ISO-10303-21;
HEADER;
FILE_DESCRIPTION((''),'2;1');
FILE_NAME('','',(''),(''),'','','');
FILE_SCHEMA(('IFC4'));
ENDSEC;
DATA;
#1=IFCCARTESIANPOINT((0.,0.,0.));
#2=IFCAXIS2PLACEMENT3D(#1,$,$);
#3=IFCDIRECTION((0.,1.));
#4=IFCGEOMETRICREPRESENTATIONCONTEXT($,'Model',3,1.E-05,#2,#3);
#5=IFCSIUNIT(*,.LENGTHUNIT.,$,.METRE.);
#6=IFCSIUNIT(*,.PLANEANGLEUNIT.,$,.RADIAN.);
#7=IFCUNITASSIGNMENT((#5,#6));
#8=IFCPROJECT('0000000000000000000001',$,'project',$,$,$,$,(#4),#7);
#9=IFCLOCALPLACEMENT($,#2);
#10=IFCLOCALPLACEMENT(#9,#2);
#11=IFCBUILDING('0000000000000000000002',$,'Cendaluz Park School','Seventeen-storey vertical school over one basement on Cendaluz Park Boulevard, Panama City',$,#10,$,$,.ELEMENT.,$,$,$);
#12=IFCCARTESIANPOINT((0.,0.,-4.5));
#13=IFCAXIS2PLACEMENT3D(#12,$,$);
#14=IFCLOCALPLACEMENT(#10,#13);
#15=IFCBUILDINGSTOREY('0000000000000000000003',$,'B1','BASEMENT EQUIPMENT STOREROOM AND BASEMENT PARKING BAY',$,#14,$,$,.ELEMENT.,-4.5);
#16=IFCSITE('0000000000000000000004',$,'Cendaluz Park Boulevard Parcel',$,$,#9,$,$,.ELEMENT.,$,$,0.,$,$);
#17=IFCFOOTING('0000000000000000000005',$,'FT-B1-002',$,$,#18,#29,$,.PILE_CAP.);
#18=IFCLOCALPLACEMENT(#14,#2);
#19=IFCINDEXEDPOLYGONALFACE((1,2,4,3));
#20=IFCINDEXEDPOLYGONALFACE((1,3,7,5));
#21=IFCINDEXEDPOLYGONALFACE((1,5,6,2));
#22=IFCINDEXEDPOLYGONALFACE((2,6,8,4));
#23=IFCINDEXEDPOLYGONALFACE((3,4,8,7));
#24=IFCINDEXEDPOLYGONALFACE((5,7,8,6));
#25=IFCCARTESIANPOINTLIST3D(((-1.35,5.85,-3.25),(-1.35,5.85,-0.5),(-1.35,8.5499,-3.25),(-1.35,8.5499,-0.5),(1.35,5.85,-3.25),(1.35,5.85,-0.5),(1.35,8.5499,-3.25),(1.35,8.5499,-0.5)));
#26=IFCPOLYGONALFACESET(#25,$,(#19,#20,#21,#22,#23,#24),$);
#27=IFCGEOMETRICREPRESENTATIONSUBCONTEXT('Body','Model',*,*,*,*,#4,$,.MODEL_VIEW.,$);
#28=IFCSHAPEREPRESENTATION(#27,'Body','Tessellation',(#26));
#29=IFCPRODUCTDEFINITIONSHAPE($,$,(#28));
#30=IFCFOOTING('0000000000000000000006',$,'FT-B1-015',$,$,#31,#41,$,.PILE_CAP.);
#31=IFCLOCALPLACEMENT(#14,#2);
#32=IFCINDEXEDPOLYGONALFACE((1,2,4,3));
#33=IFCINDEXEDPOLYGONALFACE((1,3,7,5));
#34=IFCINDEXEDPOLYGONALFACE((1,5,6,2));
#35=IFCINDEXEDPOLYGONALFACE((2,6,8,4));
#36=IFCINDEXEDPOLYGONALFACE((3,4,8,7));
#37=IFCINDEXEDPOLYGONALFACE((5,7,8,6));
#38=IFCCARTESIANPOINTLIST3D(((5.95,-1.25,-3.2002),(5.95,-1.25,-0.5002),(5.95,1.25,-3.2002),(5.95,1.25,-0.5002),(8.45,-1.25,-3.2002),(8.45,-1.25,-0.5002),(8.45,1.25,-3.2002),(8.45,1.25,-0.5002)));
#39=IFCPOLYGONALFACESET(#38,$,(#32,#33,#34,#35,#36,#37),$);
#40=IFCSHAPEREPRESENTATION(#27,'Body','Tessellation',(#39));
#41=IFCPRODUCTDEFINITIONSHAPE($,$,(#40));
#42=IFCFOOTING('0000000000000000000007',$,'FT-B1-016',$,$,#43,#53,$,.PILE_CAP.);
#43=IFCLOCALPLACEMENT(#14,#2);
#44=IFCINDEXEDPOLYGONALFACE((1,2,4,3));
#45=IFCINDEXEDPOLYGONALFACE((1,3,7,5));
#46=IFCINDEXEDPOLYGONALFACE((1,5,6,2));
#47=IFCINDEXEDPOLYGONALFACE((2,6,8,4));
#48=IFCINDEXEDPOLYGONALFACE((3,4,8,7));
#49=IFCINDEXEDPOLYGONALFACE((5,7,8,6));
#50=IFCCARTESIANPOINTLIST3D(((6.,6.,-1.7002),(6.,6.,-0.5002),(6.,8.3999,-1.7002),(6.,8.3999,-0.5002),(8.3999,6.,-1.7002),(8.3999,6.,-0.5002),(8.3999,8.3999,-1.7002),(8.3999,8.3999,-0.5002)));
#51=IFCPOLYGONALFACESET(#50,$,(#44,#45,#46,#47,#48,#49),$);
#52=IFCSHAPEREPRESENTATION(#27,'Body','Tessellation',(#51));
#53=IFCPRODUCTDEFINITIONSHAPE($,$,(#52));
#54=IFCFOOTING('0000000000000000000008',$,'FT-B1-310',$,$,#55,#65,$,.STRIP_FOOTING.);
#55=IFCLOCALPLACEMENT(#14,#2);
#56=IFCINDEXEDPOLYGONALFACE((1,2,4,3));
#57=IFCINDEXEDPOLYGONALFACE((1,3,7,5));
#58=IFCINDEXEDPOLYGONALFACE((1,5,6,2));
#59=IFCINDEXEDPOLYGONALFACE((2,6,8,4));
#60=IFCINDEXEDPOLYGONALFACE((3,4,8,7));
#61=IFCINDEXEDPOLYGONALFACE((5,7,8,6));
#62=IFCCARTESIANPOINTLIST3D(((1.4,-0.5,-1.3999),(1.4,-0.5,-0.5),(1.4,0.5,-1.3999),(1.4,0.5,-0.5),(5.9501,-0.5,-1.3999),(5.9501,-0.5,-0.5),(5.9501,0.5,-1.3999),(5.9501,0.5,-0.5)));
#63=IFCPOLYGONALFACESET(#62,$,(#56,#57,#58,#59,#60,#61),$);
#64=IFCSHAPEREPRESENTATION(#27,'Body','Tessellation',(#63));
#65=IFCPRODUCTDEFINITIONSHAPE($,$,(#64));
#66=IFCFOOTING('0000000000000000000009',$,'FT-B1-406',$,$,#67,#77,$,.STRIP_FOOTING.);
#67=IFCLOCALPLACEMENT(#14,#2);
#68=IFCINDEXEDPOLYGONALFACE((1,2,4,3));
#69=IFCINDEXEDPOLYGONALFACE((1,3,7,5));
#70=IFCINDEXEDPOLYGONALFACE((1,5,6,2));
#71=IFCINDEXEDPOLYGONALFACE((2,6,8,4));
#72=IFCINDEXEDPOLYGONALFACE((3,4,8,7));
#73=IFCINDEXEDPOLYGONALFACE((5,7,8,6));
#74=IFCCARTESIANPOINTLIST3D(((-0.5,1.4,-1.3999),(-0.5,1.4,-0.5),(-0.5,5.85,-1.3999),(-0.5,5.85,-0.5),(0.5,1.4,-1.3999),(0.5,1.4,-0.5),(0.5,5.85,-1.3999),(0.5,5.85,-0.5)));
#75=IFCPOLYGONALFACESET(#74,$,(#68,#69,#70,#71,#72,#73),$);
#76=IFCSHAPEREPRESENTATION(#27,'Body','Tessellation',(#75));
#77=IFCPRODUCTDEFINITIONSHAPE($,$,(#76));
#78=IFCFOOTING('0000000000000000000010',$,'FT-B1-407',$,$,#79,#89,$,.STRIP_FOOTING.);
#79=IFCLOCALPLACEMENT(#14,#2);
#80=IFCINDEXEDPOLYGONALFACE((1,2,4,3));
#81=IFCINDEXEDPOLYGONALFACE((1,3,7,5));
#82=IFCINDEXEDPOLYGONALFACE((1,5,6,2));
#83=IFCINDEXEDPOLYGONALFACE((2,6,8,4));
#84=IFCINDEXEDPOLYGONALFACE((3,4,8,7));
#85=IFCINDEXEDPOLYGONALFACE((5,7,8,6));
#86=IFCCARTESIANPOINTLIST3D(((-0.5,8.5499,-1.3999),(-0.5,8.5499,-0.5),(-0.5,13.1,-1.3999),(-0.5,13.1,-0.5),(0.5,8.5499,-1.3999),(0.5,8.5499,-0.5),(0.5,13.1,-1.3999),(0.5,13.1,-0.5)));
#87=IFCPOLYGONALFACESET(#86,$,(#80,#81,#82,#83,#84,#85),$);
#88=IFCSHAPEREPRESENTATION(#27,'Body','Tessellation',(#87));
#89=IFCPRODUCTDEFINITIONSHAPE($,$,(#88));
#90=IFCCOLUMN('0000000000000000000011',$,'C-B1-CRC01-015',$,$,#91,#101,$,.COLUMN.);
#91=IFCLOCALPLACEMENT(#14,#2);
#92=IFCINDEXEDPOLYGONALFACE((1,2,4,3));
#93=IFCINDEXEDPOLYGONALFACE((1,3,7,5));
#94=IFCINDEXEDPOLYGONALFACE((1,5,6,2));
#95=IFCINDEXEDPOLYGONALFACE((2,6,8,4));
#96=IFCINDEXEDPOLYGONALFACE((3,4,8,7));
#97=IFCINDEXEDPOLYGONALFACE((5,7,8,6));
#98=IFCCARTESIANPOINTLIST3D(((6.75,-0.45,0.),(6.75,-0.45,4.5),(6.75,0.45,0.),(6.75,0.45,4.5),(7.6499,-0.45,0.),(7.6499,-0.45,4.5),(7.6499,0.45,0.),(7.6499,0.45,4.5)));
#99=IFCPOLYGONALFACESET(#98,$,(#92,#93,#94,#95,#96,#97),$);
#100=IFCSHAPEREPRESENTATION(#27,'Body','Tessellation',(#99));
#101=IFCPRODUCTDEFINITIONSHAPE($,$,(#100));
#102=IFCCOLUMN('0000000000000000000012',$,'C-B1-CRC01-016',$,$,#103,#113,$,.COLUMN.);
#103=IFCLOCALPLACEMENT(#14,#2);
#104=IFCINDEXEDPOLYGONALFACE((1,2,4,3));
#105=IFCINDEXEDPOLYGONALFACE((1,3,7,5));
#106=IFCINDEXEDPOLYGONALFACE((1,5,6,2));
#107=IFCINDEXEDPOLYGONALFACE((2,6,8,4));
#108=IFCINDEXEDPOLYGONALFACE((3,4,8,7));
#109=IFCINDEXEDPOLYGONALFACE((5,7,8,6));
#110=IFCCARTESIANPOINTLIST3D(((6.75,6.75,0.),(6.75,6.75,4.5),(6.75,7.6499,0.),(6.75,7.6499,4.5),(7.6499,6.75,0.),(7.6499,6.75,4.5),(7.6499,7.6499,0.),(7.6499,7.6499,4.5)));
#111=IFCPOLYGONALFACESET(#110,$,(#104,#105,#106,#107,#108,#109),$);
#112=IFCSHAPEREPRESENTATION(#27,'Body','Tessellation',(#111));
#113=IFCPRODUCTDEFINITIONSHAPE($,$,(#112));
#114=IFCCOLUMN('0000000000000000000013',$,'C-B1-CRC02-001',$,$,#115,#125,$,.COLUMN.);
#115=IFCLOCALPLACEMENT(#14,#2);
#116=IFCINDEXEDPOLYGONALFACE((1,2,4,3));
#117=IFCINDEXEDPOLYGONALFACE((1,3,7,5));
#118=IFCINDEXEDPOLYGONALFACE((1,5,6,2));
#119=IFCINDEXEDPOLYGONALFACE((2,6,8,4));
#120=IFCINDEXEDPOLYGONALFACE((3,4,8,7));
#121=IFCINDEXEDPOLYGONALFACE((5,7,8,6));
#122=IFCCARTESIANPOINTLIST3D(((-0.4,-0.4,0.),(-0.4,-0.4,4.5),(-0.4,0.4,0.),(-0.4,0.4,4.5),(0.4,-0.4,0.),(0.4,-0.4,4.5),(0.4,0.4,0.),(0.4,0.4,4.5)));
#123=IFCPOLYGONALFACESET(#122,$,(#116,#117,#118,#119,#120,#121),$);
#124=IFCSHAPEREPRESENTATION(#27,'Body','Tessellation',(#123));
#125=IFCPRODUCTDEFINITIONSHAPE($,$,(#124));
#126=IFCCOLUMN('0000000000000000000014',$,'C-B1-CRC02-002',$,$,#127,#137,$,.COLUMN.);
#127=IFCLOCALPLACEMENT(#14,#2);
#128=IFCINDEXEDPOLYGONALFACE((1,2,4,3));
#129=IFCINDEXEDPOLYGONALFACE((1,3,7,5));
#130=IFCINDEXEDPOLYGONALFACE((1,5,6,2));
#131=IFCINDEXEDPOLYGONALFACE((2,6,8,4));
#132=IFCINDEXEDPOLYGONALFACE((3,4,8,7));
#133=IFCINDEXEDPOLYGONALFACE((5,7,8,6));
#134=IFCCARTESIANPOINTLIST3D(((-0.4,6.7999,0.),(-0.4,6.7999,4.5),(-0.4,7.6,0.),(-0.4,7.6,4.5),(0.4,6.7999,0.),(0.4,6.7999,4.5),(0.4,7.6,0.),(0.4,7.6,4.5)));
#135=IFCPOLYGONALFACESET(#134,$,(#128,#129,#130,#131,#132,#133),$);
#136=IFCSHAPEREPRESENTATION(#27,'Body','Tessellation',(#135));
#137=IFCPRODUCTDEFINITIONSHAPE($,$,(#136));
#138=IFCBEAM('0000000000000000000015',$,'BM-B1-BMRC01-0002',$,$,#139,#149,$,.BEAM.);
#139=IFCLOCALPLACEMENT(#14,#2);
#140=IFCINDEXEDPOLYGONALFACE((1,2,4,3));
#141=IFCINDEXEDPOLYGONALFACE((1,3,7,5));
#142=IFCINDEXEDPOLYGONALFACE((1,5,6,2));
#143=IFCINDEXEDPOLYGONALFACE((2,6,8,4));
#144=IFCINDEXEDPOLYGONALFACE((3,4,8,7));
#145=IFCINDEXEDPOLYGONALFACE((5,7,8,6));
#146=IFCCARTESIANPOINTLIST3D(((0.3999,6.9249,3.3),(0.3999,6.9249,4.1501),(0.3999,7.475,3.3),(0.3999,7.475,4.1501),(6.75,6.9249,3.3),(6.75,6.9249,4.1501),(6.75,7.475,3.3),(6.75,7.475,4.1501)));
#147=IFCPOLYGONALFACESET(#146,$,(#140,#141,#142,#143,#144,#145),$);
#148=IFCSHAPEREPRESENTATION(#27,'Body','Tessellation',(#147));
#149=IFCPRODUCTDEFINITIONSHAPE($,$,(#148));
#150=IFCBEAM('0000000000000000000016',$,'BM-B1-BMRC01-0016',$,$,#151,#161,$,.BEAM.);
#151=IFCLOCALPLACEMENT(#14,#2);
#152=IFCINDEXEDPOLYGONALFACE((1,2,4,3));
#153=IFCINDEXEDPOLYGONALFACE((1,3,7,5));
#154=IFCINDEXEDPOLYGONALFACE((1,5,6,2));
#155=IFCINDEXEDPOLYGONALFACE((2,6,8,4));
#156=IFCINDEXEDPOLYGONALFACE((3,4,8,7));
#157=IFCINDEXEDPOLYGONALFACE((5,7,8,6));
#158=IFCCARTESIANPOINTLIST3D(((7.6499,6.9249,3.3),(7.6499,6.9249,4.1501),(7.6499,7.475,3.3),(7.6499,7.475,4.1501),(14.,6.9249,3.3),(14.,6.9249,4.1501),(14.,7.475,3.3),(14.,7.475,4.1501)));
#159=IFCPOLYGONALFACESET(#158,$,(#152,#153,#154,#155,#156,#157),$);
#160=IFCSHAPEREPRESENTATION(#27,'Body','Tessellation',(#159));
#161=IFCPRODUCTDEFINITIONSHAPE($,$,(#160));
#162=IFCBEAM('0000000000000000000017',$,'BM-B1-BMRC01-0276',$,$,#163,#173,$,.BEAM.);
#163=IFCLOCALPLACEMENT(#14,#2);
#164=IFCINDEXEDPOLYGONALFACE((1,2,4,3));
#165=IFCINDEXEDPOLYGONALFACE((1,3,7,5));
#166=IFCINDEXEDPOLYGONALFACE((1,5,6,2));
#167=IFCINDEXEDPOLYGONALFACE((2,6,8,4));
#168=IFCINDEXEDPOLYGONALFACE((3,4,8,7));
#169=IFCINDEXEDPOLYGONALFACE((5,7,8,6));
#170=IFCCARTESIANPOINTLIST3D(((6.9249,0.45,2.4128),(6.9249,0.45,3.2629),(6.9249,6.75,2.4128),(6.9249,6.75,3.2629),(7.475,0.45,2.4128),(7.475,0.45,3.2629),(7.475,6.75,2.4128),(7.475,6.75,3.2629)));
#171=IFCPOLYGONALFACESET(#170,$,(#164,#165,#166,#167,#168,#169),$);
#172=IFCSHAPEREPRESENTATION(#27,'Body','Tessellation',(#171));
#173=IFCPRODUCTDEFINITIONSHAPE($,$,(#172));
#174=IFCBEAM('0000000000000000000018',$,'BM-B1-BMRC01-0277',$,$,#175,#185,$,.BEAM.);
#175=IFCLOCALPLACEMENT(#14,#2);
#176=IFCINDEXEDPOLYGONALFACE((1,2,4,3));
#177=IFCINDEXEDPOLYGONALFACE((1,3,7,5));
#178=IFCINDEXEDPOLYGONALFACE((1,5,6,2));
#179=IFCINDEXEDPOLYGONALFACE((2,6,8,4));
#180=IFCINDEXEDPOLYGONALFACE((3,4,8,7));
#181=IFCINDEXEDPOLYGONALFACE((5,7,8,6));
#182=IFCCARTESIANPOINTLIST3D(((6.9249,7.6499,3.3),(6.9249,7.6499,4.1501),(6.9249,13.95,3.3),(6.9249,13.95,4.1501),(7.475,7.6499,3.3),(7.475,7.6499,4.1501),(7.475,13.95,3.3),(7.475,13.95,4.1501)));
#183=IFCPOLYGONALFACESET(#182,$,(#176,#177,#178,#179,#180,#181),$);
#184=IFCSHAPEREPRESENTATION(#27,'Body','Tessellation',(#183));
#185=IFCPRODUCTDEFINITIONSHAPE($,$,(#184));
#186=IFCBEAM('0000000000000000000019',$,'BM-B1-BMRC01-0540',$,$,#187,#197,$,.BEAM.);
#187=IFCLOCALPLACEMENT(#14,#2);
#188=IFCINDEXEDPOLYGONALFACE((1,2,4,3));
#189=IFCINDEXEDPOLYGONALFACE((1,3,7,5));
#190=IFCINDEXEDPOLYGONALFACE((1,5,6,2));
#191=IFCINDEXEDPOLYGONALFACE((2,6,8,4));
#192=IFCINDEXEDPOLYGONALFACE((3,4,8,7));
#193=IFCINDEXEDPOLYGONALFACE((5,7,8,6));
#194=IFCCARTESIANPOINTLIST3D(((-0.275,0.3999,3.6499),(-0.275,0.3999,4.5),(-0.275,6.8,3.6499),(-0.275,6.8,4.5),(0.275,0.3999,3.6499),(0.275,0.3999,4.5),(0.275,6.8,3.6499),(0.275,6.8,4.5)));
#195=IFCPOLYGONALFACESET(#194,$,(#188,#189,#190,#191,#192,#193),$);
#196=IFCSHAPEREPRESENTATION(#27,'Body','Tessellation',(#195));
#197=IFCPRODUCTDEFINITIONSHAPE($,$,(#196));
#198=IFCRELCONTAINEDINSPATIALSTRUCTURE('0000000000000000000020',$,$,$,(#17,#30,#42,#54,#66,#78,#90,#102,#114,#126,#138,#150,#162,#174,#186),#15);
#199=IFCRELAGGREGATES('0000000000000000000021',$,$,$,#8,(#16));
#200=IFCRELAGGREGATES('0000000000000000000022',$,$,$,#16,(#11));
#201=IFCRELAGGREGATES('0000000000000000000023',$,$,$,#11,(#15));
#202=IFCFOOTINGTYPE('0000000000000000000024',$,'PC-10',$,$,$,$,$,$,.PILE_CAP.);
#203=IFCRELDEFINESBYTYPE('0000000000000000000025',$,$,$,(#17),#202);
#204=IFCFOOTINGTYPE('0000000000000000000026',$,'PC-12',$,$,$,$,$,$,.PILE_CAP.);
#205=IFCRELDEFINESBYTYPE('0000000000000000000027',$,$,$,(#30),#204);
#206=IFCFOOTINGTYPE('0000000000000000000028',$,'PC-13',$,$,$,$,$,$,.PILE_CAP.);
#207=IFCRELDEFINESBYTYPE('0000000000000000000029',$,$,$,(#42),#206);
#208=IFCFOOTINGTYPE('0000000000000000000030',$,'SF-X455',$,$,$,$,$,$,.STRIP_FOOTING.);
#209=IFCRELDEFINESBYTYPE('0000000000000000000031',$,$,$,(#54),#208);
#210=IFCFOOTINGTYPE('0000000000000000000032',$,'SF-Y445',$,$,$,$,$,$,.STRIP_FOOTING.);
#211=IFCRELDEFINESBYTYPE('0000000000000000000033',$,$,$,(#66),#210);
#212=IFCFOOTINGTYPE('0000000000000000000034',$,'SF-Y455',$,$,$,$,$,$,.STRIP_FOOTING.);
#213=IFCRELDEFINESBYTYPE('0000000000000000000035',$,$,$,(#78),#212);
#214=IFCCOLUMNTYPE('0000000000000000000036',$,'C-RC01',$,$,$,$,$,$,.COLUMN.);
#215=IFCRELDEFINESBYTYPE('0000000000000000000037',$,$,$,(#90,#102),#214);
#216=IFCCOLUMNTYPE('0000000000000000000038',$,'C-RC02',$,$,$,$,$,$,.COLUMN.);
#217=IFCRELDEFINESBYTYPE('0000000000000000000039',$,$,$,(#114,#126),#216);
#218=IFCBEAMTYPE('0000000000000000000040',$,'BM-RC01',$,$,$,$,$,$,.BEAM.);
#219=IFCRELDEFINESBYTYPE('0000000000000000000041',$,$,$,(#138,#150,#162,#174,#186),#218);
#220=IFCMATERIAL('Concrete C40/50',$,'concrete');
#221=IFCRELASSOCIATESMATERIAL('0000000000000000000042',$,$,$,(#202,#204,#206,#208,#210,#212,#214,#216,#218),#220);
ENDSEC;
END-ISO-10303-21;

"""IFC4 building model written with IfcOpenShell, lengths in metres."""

from ifc_helpers import new_model, si_unit, direction, frame, origin, origin_2d, place, context, subcontext, project, spatial, rectangle, extrude, material, material_profile, profile_set, type_object, element, save


model = new_model("IFC4")

# Units and contexts
model_context = context("Model", 3, precision=1e-05, world=origin(), true_north=direction((0.0, 1.0)))
body_context = subcontext(model_context, "Body", "Model", "MODEL_VIEW")
ifc_project = project(units=[si_unit("LENGTHUNIT", "METRE"), si_unit("PLANEANGLEUNIT", "RADIAN")], contexts=[model_context])

# Site, building, storey
site_placement = place(None, origin())
site = spatial("IfcSite", under=ifc_project, at=site_placement, Name="Cendaluz Park Boulevard Parcel", CompositionType="ELEMENT", RefElevation=0.0)
building_placement = place(site_placement, origin())
building = spatial("IfcBuilding", under=site, at=building_placement, Name="Cendaluz Park School", Description="Seventeen-storey vertical school over one basement on Cendaluz Park Boulevard, Panama City", CompositionType="ELEMENT")
storey_placement = place(building_placement, frame((0.0, 0.0, -4.5)))
storey = spatial("IfcBuildingStorey", under=building, at=storey_placement, Name="B1", Description="BASEMENT EQUIPMENT STOREROOM AND BASEMENT PARKING BAY", CompositionType="ELEMENT", Elevation=-4.5)

# Shared definitions
ifc_material = material(Name="Concrete C40/50", Category="concrete")

# Footings
footing_type_1 = type_object("IfcFootingType", Name="PC-10", PredefinedType="PILE_CAP", material=ifc_material)
footing_1_placement = place(storey_placement, frame((0.0, 7.2, -3.25), z_axis=(0.0, 0.0, 1.0), x_axis=(1.0, 0.0, 0.0)))
element("IfcFooting", 1, at=footing_1_placement, inside=storey, type_object=footing_type_1, Name="FT-B1-002", PredefinedType="PILE_CAP", context=body_context, shape_type="SweptSolid", body=[
    extrude(rectangle(XDim=2.7, YDim=2.7, at=origin_2d()), origin(), (0.0, 0.0, 1.0), 2.75),
])
footing_type_2 = type_object("IfcFootingType", Name="PC-12", PredefinedType="PILE_CAP", material=ifc_material)
footing_2_placement = place(storey_placement, frame((7.2, 0.0, -3.2002), z_axis=(0.0, 0.0, 1.0), x_axis=(1.0, 0.0, 0.0)))
element("IfcFooting", 2, at=footing_2_placement, inside=storey, type_object=footing_type_2, Name="FT-B1-015", PredefinedType="PILE_CAP", context=body_context, shape_type="SweptSolid", body=[
    extrude(rectangle(XDim=2.5, YDim=2.5, at=origin_2d()), origin(), (0.0, 0.0, 1.0), 2.7),
])
footing_type_3 = type_object("IfcFootingType", Name="PC-13", PredefinedType="PILE_CAP", material=ifc_material)
footing_3_placement = place(storey_placement, frame((7.2, 7.2, -1.7002), z_axis=(0.0, 0.0, 1.0), x_axis=(1.0, 0.0, 0.0)))
element("IfcFooting", 3, at=footing_3_placement, inside=storey, type_object=footing_type_3, Name="FT-B1-016", PredefinedType="PILE_CAP", context=body_context, shape_type="SweptSolid", body=[
    extrude(rectangle(XDim=2.3999, YDim=2.3999, at=origin_2d()), origin(), (0.0, 0.0, 1.0), 1.2),
])
footing_type_4 = type_object("IfcFootingType", Name="SF-X455", PredefinedType="STRIP_FOOTING", material=ifc_material)
footing_4_placement = place(storey_placement, frame((3.675, 0.0, -1.3999), z_axis=(0.0, 0.0, 1.0), x_axis=(1.0, 0.0, 0.0)))
element("IfcFooting", 4, at=footing_4_placement, inside=storey, type_object=footing_type_4, Name="FT-B1-310", PredefinedType="STRIP_FOOTING", context=body_context, shape_type="SweptSolid", body=[
    extrude(rectangle(XDim=4.55, YDim=1.0, at=origin_2d()), origin(), (0.0, 0.0, 1.0), 0.8999),
])
footing_type_5 = type_object("IfcFootingType", Name="SF-Y445", PredefinedType="STRIP_FOOTING", material=ifc_material)
footing_5_placement = place(storey_placement, frame((0.0, 3.625, -1.3999), z_axis=(0.0, 0.0, 1.0), x_axis=(1.0, 0.0, 0.0)))
element("IfcFooting", 5, at=footing_5_placement, inside=storey, type_object=footing_type_5, Name="FT-B1-406", PredefinedType="STRIP_FOOTING", context=body_context, shape_type="SweptSolid", body=[
    extrude(rectangle(XDim=1.0, YDim=4.45, at=origin_2d()), origin(), (0.0, 0.0, 1.0), 0.8999),
])
footing_type_6 = type_object("IfcFootingType", Name="SF-Y455", PredefinedType="STRIP_FOOTING", material=ifc_material)
footing_6_placement = place(storey_placement, frame((0.0, 10.825, -1.3999), z_axis=(0.0, 0.0, 1.0), x_axis=(1.0, 0.0, 0.0)))
element("IfcFooting", 6, at=footing_6_placement, inside=storey, type_object=footing_type_6, Name="FT-B1-407", PredefinedType="STRIP_FOOTING", context=body_context, shape_type="SweptSolid", body=[
    extrude(rectangle(XDim=1.0, YDim=4.55, at=origin_2d()), origin(), (0.0, 0.0, 1.0), 0.8999),
])

# Columns
ifc_material_profile_1 = material_profile(ifc_material, rectangle(XDim=0.8999, YDim=0.8999, at=origin_2d()), Name="RC 900x900", Category="concrete")
ifc_profile_set_1 = profile_set([ifc_material_profile_1], Name="Concrete C40/50")
column_type_1 = type_object("IfcColumnType", Name="C-RC01", PredefinedType="COLUMN", material=ifc_profile_set_1)
for number, where, z_axis, x_axis, name in (
    (7, (7.2, 0.0, 0.0), (0.0, 0.0, 1.0), (1.0, 0.0, 0.0), "C-B1-CRC01-015"),
    (8, (7.2, 7.2, 0.0), (0.0, 0.0, 1.0), (1.0, 0.0, 0.0), "C-B1-CRC01-016"),
):
    element("IfcColumn", number, at=place(storey_placement, frame(where, z_axis=z_axis, x_axis=x_axis)), inside=storey, type_object=column_type_1, Name=name, PredefinedType="COLUMN", context=body_context, shape_type="SweptSolid", body=[
        extrude(rectangle(XDim=0.8999, YDim=0.8999, at=origin_2d()), origin(), (0.0, 0.0, 1.0), 4.5),
    ])
ifc_material_profile_2 = material_profile(ifc_material, rectangle(XDim=0.8, YDim=0.8, at=origin_2d()), Name="RC 800x800", Category="concrete")
ifc_profile_set_2 = profile_set([ifc_material_profile_2], Name="Concrete C40/50")
column_type_2 = type_object("IfcColumnType", Name="C-RC02", PredefinedType="COLUMN", material=ifc_profile_set_2)
for number, where, z_axis, x_axis, name in (
    (9, (0.0, 0.0, 0.0), (0.0, 0.0, 1.0), (1.0, 0.0, 0.0), "C-B1-CRC02-001"),
    (10, (0.0, 7.2, 0.0), (0.0, 0.0, 1.0), (1.0, 0.0, 0.0), "C-B1-CRC02-002"),
):
    element("IfcColumn", number, at=place(storey_placement, frame(where, z_axis=z_axis, x_axis=x_axis)), inside=storey, type_object=column_type_2, Name=name, PredefinedType="COLUMN", context=body_context, shape_type="SweptSolid", body=[
        extrude(rectangle(XDim=0.8, YDim=0.8, at=origin_2d()), origin(), (0.0, 0.0, 1.0), 4.5),
    ])

# Beams
ifc_material_profile_3 = material_profile(ifc_material, rectangle(XDim=0.55, YDim=0.8501, at=origin_2d()), Name="RC 550x850", Category="concrete")
ifc_profile_set_3 = profile_set([ifc_material_profile_3], Name="Concrete C40/50")
beam_type_1 = type_object("IfcBeamType", Name="BM-RC01", PredefinedType="BEAM", material=ifc_profile_set_3)
for number, where, z_axis, x_axis, name in (
    (11, (0.3999, 7.2, 3.7251), (1.0, 0.0, 0.0), (0.0, 1.0, 0.0), "BM-B1-BMRC01-0002"),
    (12, (7.6499, 7.2, 3.7251), (1.0, 0.0, 0.0), (0.0, 1.0, 0.0), "BM-B1-BMRC01-0016"),
):
    element("IfcBeam", number, at=place(storey_placement, frame(where, z_axis=z_axis, x_axis=x_axis)), inside=storey, type_object=beam_type_1, Name=name, PredefinedType="BEAM", context=body_context, shape_type="SweptSolid", body=[
        extrude(rectangle(XDim=0.55, YDim=0.8501, at=origin_2d()), origin(), (0.0, 0.0, 1.0), 6.3501),
    ])
for number, where, z_axis, x_axis, name in (
    (13, (7.2, 0.45, 2.8379), (0.0, 1.0, 0.0), (-1.0, 0.0, 0.0), "BM-B1-BMRC01-0276"),
    (14, (7.2, 7.6499, 3.7251), (0.0, 1.0, 0.0), (-1.0, 0.0, 0.0), "BM-B1-BMRC01-0277"),
):
    element("IfcBeam", number, at=place(storey_placement, frame(where, z_axis=z_axis, x_axis=x_axis)), inside=storey, type_object=beam_type_1, Name=name, PredefinedType="BEAM", context=body_context, shape_type="SweptSolid", body=[
        extrude(rectangle(XDim=0.55, YDim=0.8501, at=origin_2d()), origin(), (0.0, 0.0, 1.0), 6.3),
    ])
beam_1_placement = place(storey_placement, frame((0.0, 0.3999, 4.075), z_axis=(0.0, 1.0, 0.0), x_axis=(-1.0, 0.0, 0.0)))
element("IfcBeam", 15, at=beam_1_placement, inside=storey, type_object=beam_type_1, Name="BM-B1-BMRC01-0540", PredefinedType="BEAM", context=body_context, shape_type="SweptSolid", body=[
    extrude(rectangle(XDim=0.55, YDim=0.8501, at=origin_2d()), origin(), (0.0, 0.0, 1.0), 6.4001),
])

save(model, "model.ifc")
